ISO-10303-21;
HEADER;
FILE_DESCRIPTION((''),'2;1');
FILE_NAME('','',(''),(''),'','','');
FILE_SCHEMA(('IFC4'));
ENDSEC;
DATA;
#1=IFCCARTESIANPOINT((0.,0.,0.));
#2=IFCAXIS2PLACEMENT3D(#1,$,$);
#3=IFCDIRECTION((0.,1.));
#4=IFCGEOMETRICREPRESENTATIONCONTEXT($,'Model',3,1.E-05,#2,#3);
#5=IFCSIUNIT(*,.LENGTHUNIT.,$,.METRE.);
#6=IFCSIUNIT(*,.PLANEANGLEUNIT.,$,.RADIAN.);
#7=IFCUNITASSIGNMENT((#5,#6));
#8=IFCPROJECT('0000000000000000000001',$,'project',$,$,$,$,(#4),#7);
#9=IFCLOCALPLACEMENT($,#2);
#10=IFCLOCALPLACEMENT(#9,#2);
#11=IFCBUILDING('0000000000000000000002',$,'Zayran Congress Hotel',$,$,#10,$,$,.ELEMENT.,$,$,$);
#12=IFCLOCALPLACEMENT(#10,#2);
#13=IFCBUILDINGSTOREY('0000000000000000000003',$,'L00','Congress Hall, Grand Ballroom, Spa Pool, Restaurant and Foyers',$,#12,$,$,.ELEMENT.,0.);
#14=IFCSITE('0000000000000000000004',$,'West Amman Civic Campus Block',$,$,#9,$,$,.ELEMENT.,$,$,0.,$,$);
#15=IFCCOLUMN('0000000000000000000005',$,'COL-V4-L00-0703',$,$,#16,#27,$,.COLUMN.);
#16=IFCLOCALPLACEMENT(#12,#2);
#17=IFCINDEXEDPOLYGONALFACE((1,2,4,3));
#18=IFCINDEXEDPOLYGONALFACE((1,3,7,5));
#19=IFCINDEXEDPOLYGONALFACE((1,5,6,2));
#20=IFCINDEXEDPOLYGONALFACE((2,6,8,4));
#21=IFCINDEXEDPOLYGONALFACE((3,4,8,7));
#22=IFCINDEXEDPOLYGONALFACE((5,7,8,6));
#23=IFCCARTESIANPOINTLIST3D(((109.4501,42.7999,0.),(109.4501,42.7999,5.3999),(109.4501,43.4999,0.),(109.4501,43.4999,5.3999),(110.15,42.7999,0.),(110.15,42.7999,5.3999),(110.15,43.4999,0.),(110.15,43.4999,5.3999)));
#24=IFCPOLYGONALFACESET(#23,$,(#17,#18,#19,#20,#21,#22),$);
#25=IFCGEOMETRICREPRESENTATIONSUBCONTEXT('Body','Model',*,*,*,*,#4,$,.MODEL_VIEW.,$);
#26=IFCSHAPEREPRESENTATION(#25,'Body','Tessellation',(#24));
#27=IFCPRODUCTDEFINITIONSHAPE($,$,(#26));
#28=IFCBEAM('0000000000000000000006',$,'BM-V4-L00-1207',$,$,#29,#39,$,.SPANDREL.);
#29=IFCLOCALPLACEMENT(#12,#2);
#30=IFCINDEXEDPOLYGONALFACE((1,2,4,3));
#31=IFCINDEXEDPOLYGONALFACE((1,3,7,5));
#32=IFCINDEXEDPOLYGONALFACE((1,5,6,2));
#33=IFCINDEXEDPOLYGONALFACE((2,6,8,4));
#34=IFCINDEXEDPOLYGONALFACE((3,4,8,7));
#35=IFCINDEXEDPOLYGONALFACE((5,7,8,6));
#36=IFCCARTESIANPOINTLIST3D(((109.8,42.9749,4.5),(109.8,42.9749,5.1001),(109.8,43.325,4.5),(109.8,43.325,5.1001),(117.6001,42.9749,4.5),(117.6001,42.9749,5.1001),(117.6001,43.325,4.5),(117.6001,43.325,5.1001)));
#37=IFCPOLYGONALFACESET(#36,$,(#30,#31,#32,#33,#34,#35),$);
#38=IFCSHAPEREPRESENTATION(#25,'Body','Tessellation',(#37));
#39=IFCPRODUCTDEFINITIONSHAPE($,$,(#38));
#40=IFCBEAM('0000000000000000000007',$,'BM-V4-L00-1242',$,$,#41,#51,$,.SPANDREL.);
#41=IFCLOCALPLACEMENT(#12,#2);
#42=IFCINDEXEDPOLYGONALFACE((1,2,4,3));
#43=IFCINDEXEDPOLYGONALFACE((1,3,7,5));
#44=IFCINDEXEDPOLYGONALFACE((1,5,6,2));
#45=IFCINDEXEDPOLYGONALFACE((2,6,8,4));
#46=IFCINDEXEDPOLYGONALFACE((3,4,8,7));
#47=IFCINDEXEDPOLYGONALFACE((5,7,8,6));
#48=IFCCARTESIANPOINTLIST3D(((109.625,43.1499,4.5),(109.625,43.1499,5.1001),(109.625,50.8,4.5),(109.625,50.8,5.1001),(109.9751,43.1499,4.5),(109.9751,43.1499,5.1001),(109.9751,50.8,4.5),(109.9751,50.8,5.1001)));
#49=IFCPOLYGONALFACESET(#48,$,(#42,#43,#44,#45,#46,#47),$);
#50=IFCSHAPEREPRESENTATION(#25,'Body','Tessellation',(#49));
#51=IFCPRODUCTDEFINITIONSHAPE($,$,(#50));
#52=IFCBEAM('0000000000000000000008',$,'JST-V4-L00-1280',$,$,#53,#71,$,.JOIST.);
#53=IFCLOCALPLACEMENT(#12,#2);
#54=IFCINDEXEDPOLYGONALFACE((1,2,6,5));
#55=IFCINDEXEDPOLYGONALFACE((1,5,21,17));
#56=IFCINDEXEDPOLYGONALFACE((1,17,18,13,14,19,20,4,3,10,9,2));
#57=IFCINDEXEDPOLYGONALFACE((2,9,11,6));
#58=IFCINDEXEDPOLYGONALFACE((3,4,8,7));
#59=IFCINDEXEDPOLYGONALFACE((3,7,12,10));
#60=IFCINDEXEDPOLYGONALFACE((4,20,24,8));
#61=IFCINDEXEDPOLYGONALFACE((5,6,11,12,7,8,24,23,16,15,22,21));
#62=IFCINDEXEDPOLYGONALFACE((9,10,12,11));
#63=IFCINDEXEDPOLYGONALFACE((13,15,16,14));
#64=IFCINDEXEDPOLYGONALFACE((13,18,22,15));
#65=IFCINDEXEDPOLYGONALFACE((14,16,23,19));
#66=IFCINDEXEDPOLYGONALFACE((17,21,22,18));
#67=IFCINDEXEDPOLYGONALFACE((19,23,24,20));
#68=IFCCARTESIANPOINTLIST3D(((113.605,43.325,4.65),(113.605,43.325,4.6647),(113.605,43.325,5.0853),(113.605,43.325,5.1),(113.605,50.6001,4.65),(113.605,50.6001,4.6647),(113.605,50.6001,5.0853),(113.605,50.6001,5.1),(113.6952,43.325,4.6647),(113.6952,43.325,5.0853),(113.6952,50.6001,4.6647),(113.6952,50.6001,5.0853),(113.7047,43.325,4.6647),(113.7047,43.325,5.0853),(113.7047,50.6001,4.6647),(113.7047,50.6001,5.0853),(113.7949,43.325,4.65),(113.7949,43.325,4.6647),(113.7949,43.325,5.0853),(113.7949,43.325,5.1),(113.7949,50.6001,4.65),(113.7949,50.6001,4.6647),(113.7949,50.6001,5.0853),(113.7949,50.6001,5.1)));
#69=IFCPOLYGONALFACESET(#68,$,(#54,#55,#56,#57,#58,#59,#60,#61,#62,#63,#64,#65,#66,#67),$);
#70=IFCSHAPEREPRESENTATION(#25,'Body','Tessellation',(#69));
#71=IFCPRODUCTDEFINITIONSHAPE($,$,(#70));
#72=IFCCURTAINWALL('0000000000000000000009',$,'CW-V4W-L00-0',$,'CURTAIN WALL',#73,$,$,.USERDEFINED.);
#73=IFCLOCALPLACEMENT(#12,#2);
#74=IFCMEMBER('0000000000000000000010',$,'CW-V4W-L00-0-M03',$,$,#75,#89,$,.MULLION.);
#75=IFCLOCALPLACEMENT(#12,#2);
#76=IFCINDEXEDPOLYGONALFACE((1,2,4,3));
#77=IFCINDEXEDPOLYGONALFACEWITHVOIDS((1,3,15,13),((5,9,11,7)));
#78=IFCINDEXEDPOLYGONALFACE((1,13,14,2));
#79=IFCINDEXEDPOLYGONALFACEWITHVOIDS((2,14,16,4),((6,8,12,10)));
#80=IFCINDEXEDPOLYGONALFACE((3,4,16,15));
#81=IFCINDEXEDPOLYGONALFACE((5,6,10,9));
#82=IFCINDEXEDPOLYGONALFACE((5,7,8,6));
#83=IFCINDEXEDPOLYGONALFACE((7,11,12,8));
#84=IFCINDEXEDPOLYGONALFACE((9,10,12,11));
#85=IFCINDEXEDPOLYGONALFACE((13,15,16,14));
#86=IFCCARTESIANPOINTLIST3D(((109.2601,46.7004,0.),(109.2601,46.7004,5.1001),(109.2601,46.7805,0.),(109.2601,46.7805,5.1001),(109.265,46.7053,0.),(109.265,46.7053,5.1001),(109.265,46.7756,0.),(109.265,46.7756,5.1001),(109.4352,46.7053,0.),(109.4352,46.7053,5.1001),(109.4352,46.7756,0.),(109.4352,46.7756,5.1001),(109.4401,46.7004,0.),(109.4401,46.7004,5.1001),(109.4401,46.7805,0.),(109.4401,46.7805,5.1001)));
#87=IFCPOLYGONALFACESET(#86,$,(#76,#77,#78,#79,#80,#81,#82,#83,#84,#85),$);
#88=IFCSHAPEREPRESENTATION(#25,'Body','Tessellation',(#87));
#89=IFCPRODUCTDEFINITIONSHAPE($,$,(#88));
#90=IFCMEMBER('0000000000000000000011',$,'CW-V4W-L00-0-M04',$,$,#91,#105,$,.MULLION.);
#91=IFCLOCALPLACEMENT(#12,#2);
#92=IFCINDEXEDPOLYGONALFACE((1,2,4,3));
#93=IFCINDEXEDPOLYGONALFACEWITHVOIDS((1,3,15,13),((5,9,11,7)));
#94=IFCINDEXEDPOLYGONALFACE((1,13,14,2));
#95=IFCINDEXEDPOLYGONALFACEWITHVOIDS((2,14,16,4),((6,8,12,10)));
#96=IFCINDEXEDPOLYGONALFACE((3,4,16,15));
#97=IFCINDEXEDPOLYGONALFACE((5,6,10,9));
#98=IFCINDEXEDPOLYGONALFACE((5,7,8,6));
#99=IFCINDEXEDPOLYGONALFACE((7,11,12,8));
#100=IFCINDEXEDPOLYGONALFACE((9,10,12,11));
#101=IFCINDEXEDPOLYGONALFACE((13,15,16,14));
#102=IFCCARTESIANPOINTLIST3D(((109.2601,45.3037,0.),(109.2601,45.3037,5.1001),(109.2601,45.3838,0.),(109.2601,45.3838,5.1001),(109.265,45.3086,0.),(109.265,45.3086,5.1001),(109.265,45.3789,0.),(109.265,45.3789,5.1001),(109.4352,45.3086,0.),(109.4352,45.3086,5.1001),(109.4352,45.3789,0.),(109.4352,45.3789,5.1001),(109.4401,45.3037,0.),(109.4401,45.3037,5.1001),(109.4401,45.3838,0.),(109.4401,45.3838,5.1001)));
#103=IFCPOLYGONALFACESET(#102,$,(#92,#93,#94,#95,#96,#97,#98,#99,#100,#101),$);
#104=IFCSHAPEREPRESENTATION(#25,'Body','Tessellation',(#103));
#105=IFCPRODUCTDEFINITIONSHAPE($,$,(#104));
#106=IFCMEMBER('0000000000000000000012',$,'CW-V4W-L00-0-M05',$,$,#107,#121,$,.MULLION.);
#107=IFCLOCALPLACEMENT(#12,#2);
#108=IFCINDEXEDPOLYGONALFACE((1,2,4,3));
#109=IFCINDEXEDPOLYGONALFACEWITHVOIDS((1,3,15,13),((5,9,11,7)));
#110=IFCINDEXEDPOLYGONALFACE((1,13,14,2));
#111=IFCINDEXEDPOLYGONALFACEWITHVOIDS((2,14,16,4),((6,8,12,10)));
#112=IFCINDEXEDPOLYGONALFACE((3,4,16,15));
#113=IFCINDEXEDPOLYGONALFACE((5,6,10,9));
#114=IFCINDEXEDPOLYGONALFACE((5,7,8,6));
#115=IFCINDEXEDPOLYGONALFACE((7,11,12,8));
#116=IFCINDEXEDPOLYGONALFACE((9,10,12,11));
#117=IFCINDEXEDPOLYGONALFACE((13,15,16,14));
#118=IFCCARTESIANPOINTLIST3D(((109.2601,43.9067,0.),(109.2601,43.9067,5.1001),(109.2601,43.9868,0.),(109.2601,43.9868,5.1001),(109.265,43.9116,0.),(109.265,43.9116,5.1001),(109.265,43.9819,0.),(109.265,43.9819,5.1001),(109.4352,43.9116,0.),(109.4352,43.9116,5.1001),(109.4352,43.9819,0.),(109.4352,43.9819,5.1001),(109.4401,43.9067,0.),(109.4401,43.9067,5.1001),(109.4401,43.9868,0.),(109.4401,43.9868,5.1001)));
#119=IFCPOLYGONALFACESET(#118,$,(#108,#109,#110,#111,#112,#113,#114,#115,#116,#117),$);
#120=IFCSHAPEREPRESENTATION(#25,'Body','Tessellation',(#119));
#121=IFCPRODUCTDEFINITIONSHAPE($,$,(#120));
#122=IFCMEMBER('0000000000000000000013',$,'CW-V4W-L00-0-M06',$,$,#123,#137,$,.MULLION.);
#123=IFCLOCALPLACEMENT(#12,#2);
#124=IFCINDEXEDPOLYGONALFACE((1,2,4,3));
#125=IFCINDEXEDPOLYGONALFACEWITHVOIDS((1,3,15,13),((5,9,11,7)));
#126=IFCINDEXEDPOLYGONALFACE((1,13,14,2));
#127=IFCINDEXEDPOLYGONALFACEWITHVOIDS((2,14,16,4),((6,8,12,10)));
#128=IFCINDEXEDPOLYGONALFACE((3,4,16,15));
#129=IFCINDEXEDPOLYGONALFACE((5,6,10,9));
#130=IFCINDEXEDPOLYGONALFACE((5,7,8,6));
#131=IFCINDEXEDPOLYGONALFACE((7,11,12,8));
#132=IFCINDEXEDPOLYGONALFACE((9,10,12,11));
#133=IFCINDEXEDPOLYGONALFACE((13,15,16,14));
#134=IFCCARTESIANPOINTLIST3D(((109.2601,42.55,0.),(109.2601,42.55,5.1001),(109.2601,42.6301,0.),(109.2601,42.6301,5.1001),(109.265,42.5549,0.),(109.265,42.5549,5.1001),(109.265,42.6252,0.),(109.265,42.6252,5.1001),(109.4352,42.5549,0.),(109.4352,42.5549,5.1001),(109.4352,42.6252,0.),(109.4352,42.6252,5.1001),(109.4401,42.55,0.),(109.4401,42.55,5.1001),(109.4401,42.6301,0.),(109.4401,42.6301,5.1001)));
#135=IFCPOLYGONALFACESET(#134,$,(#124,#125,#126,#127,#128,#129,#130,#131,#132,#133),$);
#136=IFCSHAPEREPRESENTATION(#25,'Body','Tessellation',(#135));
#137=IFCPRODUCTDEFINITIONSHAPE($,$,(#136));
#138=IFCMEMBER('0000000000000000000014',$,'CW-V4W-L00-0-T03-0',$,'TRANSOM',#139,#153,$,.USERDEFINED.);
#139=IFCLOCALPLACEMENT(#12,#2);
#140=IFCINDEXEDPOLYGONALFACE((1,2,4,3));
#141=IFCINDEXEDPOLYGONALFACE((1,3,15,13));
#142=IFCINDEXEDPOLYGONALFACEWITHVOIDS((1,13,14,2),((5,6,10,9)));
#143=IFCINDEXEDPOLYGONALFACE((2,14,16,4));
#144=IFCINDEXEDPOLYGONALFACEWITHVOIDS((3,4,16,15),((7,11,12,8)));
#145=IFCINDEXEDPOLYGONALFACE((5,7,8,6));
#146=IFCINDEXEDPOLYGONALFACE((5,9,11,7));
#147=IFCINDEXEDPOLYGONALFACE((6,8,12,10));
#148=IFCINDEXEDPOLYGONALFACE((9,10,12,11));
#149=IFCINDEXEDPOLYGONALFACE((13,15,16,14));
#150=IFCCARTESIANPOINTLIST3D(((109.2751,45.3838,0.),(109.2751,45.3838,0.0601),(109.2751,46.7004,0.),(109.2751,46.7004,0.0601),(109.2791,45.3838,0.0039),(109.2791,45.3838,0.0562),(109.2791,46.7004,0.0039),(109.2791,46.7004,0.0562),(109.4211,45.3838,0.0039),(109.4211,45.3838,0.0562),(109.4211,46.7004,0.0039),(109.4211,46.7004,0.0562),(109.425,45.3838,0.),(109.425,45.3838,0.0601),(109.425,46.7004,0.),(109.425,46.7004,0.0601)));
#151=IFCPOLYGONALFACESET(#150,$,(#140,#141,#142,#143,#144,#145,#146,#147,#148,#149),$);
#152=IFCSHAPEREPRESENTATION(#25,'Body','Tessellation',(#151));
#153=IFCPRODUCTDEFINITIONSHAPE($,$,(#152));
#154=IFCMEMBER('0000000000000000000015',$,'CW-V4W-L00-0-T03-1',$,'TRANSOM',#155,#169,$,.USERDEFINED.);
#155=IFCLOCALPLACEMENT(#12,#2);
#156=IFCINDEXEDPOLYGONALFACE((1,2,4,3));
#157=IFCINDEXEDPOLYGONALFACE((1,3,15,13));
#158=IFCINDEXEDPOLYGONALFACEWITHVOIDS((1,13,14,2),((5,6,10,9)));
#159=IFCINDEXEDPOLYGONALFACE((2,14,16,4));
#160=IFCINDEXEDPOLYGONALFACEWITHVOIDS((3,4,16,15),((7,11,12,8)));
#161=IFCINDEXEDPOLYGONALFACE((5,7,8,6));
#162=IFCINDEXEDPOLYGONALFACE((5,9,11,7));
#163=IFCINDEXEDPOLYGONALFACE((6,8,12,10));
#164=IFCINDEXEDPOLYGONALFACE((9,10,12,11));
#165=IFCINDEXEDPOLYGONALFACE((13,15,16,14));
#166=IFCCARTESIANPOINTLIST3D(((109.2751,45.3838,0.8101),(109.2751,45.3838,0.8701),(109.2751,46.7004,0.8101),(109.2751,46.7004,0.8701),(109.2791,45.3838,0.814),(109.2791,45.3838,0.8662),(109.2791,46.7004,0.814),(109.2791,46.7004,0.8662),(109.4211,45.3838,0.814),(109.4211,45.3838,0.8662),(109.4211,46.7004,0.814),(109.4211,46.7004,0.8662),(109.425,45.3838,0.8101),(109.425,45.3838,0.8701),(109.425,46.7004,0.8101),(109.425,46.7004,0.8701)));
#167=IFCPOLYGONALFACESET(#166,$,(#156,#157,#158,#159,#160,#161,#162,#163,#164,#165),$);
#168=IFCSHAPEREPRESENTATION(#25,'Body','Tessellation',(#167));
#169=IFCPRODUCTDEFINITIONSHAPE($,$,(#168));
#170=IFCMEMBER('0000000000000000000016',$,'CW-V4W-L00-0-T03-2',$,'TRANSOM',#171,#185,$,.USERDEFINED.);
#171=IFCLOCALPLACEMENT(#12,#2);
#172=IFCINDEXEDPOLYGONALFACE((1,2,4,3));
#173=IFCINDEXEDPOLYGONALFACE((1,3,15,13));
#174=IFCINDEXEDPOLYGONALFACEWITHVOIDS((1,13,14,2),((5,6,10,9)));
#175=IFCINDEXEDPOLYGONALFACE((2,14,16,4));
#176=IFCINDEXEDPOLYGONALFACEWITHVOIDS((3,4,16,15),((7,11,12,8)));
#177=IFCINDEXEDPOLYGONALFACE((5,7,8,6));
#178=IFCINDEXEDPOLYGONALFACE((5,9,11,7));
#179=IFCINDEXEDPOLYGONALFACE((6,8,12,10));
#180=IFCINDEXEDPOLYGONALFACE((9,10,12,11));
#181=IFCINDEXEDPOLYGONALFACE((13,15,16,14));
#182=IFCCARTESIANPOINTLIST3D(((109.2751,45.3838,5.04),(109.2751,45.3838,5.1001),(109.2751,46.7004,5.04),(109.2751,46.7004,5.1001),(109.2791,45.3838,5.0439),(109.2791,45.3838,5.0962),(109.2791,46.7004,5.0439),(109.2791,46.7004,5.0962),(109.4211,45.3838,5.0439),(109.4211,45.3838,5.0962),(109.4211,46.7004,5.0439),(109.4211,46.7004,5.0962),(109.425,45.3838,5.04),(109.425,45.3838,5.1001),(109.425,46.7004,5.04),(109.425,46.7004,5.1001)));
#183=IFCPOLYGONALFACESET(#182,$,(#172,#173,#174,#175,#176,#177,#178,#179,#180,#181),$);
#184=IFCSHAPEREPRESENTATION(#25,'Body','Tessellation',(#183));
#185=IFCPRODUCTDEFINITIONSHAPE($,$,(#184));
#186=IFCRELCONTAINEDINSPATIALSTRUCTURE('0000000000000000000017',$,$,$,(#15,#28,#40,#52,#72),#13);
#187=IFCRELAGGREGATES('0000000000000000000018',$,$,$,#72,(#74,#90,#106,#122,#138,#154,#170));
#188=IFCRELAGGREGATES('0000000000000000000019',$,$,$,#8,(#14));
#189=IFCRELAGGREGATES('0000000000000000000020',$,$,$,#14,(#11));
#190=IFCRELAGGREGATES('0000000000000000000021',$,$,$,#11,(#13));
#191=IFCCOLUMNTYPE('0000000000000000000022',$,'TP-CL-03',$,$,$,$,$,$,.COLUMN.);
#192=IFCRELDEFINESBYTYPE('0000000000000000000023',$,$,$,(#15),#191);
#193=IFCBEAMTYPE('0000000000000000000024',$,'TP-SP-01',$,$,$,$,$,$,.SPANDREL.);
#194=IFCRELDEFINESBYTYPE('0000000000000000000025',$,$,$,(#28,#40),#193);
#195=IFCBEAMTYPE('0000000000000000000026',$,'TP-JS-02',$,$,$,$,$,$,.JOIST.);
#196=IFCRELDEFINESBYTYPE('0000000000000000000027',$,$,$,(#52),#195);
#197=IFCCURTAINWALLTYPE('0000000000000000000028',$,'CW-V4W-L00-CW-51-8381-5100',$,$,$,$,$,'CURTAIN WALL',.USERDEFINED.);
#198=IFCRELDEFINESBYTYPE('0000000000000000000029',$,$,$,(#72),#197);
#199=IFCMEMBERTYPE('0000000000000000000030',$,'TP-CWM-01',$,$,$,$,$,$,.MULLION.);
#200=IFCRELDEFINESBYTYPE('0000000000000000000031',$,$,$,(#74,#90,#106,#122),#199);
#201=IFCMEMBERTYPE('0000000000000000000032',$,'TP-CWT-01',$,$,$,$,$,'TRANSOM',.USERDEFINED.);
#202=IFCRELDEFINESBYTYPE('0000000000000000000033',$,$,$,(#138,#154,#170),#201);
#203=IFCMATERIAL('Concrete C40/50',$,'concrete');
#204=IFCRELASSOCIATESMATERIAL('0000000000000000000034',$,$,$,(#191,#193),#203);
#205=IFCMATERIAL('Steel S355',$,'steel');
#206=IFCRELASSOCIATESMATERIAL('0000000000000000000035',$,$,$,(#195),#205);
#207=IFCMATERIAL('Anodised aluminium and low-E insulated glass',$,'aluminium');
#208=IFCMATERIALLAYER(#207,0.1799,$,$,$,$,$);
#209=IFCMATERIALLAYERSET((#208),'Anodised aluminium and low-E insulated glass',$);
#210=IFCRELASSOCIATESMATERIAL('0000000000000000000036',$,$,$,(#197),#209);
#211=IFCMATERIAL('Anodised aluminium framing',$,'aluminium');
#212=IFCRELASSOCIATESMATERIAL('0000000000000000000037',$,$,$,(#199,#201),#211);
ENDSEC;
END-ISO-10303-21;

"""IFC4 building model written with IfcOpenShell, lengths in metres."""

from ifc_helpers import new_model, si_unit, direction, frame, origin, origin_2d, place, context, subcontext, project, spatial, rectangle, hollow_rectangle, i_section, extrude, material, layer, layer_set, material_profile, profile_set, type_object, element, aggregate, save


model = new_model("IFC4")

# Units and contexts
model_context = context("Model", 3, precision=1e-05, world=origin(), true_north=direction((0.0, 1.0)))
body_context = subcontext(model_context, "Body", "Model", "MODEL_VIEW")
ifc_project = project(units=[si_unit("LENGTHUNIT", "METRE"), si_unit("PLANEANGLEUNIT", "RADIAN")], contexts=[model_context])

# Site, building, storey
site_placement = place(None, origin())
site = spatial("IfcSite", under=ifc_project, at=site_placement, Name="West Amman Civic Campus Block", CompositionType="ELEMENT", RefElevation=0.0)
building_placement = place(site_placement, origin())
building = spatial("IfcBuilding", under=site, at=building_placement, Name="Zayran Congress Hotel", CompositionType="ELEMENT")
storey_placement = place(building_placement, origin())
storey = spatial("IfcBuildingStorey", under=building, at=storey_placement, Name="L00", Description="Congress Hall, Grand Ballroom, Spa Pool, Restaurant and Foyers", CompositionType="ELEMENT", Elevation=0.0)

# Column
ifc_material_1 = material(Name="Concrete C40/50", Category="concrete")
ifc_material_profile_1 = material_profile(ifc_material_1, rectangle(XDim=0.7, YDim=0.7, at=origin_2d()), Name="RC 700x700")
ifc_profile_set_1 = profile_set([ifc_material_profile_1], Name="Concrete C40/50")
column_type = type_object("IfcColumnType", Name="TP-CL-03", PredefinedType="COLUMN", material=ifc_profile_set_1)
column_placement = place(storey_placement, frame((109.8, 43.1499, 0.0), z_axis=(0.0, 0.0, 1.0), x_axis=(1.0, 0.0, 0.0)))
element("IfcColumn", 1, at=column_placement, inside=storey, type_object=column_type, Name="COL-V4-L00-0703", PredefinedType="COLUMN", context=body_context, shape_type="SweptSolid", body=[
    extrude(rectangle(XDim=0.7, YDim=0.7, at=origin_2d()), origin(), (0.0, 0.0, 1.0), 5.3999),
])

# Beams
ifc_material_profile_2 = material_profile(ifc_material_1, rectangle(XDim=0.3501, YDim=0.6001, at=origin_2d()), Name="RC 350x600")
ifc_profile_set_2 = profile_set([ifc_material_profile_2], Name="Concrete C40/50")
beam_type_1 = type_object("IfcBeamType", Name="TP-SP-01", PredefinedType="SPANDREL", material=ifc_profile_set_2)
beam_1_placement = place(storey_placement, frame((109.8, 43.1499, 4.8), z_axis=(1.0, 0.0, 0.0), x_axis=(0.0, 1.0, 0.0)))
element("IfcBeam", 2, at=beam_1_placement, inside=storey, type_object=beam_type_1, Name="BM-V4-L00-1207", PredefinedType="SPANDREL", context=body_context, shape_type="SweptSolid", body=[
    extrude(rectangle(XDim=0.3501, YDim=0.6001, at=origin_2d()), origin(), (0.0, 0.0, 1.0), 7.8),
])
beam_2_placement = place(storey_placement, frame((109.8, 43.1499, 4.8), z_axis=(0.0, 1.0, 0.0), x_axis=(-1.0, 0.0, 0.0)))
element("IfcBeam", 3, at=beam_2_placement, inside=storey, type_object=beam_type_1, Name="BM-V4-L00-1242", PredefinedType="SPANDREL", context=body_context, shape_type="SweptSolid", body=[
    extrude(rectangle(XDim=0.3501, YDim=0.6001, at=origin_2d()), origin(), (0.0, 0.0, 1.0), 7.6501),
])
ifc_material_2 = material(Name="Steel S355", Category="steel")
ifc_material_profile_3 = material_profile(ifc_material_2, i_section(OverallWidth=0.1899, OverallDepth=0.45, WebThickness=0.0095, FlangeThickness=0.0146, at=origin_2d()), Name="IPE 450")
ifc_profile_set_3 = profile_set([ifc_material_profile_3], Name="Steel S355")
beam_type_2 = type_object("IfcBeamType", Name="TP-JS-02", PredefinedType="JOIST", material=ifc_profile_set_3)
beam_3_placement = place(storey_placement, frame((113.7, 43.325, 4.875), z_axis=(0.0, 1.0, 0.0), x_axis=(-1.0, 0.0, 0.0)))
element("IfcBeam", 4, at=beam_3_placement, inside=storey, type_object=beam_type_2, Name="JST-V4-L00-1280", PredefinedType="JOIST", context=body_context, shape_type="SweptSolid", body=[
    extrude(i_section(OverallWidth=0.1899, OverallDepth=0.45, WebThickness=0.0095, FlangeThickness=0.0146, at=origin_2d()), origin(), (0.0, 0.0, 1.0), 7.2751),
])

# Curtain wall, members
ifc_material_3 = material(Name="Anodised aluminium and low-E insulated glass", Category="aluminium")
ifc_layer_1 = layer(ifc_material_3, 0.1799)
ifc_layer_set_1 = layer_set([ifc_layer_1], Name="Anodised aluminium and low-E insulated glass")
curtain_wall_type = type_object("IfcCurtainWallType", Name="CW-V4W-L00-CW-51-8381-5100", ElementType="CURTAIN WALL", PredefinedType="USERDEFINED", material=ifc_layer_set_1)
curtain_wall_placement = place(storey_placement, origin())
curtain_wall = element("IfcCurtainWall", 5, at=curtain_wall_placement, inside=storey, type_object=curtain_wall_type, Name="CW-V4W-L00-0", ObjectType="CURTAIN WALL", PredefinedType="USERDEFINED")
ifc_material_4 = material(Name="Anodised aluminium framing", Category="aluminium")
ifc_material_profile_4 = material_profile(ifc_material_4, hollow_rectangle(XDim=0.0801, YDim=0.1799, WallThickness=0.0049, at=origin_2d()), Name="RHS 180x80x5")
ifc_profile_set_4 = profile_set([ifc_material_profile_4], Name="Anodised aluminium framing")
member_type_1 = type_object("IfcMemberType", Name="TP-CWM-01", PredefinedType="MULLION", material=ifc_profile_set_4)
member_1_placement = place(storey_placement, frame((109.3501, 46.7405, 0.0), z_axis=(0.0, 0.0, 1.0), x_axis=(0.0, 1.0, 0.0)))
member_1 = element("IfcMember", 6, at=member_1_placement, type_object=member_type_1, Name="CW-V4W-L00-0-M03", PredefinedType="MULLION", context=body_context, shape_type="SweptSolid", body=[
    extrude(hollow_rectangle(XDim=0.0801, YDim=0.1799, WallThickness=0.0049, at=origin_2d()), origin(), (0.0, 0.0, 1.0), 5.1001),
])
member_2_placement = place(storey_placement, frame((109.3501, 45.3438, 0.0), z_axis=(0.0, 0.0, 1.0), x_axis=(0.0, 1.0, 0.0)))
member_2 = element("IfcMember", 7, at=member_2_placement, type_object=member_type_1, Name="CW-V4W-L00-0-M04", PredefinedType="MULLION", context=body_context, shape_type="SweptSolid", body=[
    extrude(hollow_rectangle(XDim=0.0801, YDim=0.1799, WallThickness=0.0049, at=origin_2d()), origin(), (0.0, 0.0, 1.0), 5.1001),
])
member_3_placement = place(storey_placement, frame((109.3501, 43.9468, 0.0), z_axis=(0.0, 0.0, 1.0), x_axis=(0.0, 1.0, 0.0)))
member_3 = element("IfcMember", 8, at=member_3_placement, type_object=member_type_1, Name="CW-V4W-L00-0-M05", PredefinedType="MULLION", context=body_context, shape_type="SweptSolid", body=[
    extrude(hollow_rectangle(XDim=0.0801, YDim=0.1799, WallThickness=0.0049, at=origin_2d()), origin(), (0.0, 0.0, 1.0), 5.1001),
])
member_4_placement = place(storey_placement, frame((109.3501, 42.5901, 0.0), z_axis=(0.0, 0.0, 1.0), x_axis=(0.0, 1.0, 0.0)))
member_4 = element("IfcMember", 9, at=member_4_placement, type_object=member_type_1, Name="CW-V4W-L00-0-M06", PredefinedType="MULLION", context=body_context, shape_type="SweptSolid", body=[
    extrude(hollow_rectangle(XDim=0.0801, YDim=0.1799, WallThickness=0.0049, at=origin_2d()), origin(), (0.0, 0.0, 1.0), 5.1001),
])
ifc_material_profile_5 = material_profile(ifc_material_4, hollow_rectangle(XDim=0.0601, YDim=0.1499, WallThickness=0.0039, at=origin_2d()), Name="RHS 150x60x4")
ifc_profile_set_5 = profile_set([ifc_material_profile_5], Name="Anodised aluminium framing")
member_type_2 = type_object("IfcMemberType", Name="TP-CWT-01", ElementType="TRANSOM", PredefinedType="USERDEFINED", material=ifc_profile_set_5)
member_5_placement = place(storey_placement, frame((109.3501, 46.7004, 0.03), z_axis=(0.0, -1.0, 0.0), x_axis=(0.0, 0.0, 1.0)))
member_5 = element("IfcMember", 10, at=member_5_placement, type_object=member_type_2, Name="CW-V4W-L00-0-T03-0", ObjectType="TRANSOM", PredefinedType="USERDEFINED", context=body_context, shape_type="SweptSolid", body=[
    extrude(hollow_rectangle(XDim=0.0601, YDim=0.1499, WallThickness=0.0039, at=origin_2d()), origin(), (0.0, 0.0, 1.0), 1.3167),
])
member_6_placement = place(storey_placement, frame((109.3501, 46.7004, 0.8401), z_axis=(0.0, -1.0, 0.0), x_axis=(0.0, 0.0, 1.0)))
member_6 = element("IfcMember", 11, at=member_6_placement, type_object=member_type_2, Name="CW-V4W-L00-0-T03-1", ObjectType="TRANSOM", PredefinedType="USERDEFINED", context=body_context, shape_type="SweptSolid", body=[
    extrude(hollow_rectangle(XDim=0.0601, YDim=0.1499, WallThickness=0.0039, at=origin_2d()), origin(), (0.0, 0.0, 1.0), 1.3167),
])
member_7_placement = place(storey_placement, frame((109.3501, 46.7004, 5.0701), z_axis=(0.0, -1.0, 0.0), x_axis=(0.0, 0.0, 1.0)))
member_7 = element("IfcMember", 12, at=member_7_placement, type_object=member_type_2, Name="CW-V4W-L00-0-T03-2", ObjectType="TRANSOM", PredefinedType="USERDEFINED", context=body_context, shape_type="SweptSolid", body=[
    extrude(hollow_rectangle(XDim=0.0601, YDim=0.1499, WallThickness=0.0039, at=origin_2d()), origin(), (0.0, 0.0, 1.0), 1.3167),
])

aggregate(curtain_wall, [member_1, member_2, member_3, member_4, member_5, member_6, member_7])

save(model, "model.ifc")
